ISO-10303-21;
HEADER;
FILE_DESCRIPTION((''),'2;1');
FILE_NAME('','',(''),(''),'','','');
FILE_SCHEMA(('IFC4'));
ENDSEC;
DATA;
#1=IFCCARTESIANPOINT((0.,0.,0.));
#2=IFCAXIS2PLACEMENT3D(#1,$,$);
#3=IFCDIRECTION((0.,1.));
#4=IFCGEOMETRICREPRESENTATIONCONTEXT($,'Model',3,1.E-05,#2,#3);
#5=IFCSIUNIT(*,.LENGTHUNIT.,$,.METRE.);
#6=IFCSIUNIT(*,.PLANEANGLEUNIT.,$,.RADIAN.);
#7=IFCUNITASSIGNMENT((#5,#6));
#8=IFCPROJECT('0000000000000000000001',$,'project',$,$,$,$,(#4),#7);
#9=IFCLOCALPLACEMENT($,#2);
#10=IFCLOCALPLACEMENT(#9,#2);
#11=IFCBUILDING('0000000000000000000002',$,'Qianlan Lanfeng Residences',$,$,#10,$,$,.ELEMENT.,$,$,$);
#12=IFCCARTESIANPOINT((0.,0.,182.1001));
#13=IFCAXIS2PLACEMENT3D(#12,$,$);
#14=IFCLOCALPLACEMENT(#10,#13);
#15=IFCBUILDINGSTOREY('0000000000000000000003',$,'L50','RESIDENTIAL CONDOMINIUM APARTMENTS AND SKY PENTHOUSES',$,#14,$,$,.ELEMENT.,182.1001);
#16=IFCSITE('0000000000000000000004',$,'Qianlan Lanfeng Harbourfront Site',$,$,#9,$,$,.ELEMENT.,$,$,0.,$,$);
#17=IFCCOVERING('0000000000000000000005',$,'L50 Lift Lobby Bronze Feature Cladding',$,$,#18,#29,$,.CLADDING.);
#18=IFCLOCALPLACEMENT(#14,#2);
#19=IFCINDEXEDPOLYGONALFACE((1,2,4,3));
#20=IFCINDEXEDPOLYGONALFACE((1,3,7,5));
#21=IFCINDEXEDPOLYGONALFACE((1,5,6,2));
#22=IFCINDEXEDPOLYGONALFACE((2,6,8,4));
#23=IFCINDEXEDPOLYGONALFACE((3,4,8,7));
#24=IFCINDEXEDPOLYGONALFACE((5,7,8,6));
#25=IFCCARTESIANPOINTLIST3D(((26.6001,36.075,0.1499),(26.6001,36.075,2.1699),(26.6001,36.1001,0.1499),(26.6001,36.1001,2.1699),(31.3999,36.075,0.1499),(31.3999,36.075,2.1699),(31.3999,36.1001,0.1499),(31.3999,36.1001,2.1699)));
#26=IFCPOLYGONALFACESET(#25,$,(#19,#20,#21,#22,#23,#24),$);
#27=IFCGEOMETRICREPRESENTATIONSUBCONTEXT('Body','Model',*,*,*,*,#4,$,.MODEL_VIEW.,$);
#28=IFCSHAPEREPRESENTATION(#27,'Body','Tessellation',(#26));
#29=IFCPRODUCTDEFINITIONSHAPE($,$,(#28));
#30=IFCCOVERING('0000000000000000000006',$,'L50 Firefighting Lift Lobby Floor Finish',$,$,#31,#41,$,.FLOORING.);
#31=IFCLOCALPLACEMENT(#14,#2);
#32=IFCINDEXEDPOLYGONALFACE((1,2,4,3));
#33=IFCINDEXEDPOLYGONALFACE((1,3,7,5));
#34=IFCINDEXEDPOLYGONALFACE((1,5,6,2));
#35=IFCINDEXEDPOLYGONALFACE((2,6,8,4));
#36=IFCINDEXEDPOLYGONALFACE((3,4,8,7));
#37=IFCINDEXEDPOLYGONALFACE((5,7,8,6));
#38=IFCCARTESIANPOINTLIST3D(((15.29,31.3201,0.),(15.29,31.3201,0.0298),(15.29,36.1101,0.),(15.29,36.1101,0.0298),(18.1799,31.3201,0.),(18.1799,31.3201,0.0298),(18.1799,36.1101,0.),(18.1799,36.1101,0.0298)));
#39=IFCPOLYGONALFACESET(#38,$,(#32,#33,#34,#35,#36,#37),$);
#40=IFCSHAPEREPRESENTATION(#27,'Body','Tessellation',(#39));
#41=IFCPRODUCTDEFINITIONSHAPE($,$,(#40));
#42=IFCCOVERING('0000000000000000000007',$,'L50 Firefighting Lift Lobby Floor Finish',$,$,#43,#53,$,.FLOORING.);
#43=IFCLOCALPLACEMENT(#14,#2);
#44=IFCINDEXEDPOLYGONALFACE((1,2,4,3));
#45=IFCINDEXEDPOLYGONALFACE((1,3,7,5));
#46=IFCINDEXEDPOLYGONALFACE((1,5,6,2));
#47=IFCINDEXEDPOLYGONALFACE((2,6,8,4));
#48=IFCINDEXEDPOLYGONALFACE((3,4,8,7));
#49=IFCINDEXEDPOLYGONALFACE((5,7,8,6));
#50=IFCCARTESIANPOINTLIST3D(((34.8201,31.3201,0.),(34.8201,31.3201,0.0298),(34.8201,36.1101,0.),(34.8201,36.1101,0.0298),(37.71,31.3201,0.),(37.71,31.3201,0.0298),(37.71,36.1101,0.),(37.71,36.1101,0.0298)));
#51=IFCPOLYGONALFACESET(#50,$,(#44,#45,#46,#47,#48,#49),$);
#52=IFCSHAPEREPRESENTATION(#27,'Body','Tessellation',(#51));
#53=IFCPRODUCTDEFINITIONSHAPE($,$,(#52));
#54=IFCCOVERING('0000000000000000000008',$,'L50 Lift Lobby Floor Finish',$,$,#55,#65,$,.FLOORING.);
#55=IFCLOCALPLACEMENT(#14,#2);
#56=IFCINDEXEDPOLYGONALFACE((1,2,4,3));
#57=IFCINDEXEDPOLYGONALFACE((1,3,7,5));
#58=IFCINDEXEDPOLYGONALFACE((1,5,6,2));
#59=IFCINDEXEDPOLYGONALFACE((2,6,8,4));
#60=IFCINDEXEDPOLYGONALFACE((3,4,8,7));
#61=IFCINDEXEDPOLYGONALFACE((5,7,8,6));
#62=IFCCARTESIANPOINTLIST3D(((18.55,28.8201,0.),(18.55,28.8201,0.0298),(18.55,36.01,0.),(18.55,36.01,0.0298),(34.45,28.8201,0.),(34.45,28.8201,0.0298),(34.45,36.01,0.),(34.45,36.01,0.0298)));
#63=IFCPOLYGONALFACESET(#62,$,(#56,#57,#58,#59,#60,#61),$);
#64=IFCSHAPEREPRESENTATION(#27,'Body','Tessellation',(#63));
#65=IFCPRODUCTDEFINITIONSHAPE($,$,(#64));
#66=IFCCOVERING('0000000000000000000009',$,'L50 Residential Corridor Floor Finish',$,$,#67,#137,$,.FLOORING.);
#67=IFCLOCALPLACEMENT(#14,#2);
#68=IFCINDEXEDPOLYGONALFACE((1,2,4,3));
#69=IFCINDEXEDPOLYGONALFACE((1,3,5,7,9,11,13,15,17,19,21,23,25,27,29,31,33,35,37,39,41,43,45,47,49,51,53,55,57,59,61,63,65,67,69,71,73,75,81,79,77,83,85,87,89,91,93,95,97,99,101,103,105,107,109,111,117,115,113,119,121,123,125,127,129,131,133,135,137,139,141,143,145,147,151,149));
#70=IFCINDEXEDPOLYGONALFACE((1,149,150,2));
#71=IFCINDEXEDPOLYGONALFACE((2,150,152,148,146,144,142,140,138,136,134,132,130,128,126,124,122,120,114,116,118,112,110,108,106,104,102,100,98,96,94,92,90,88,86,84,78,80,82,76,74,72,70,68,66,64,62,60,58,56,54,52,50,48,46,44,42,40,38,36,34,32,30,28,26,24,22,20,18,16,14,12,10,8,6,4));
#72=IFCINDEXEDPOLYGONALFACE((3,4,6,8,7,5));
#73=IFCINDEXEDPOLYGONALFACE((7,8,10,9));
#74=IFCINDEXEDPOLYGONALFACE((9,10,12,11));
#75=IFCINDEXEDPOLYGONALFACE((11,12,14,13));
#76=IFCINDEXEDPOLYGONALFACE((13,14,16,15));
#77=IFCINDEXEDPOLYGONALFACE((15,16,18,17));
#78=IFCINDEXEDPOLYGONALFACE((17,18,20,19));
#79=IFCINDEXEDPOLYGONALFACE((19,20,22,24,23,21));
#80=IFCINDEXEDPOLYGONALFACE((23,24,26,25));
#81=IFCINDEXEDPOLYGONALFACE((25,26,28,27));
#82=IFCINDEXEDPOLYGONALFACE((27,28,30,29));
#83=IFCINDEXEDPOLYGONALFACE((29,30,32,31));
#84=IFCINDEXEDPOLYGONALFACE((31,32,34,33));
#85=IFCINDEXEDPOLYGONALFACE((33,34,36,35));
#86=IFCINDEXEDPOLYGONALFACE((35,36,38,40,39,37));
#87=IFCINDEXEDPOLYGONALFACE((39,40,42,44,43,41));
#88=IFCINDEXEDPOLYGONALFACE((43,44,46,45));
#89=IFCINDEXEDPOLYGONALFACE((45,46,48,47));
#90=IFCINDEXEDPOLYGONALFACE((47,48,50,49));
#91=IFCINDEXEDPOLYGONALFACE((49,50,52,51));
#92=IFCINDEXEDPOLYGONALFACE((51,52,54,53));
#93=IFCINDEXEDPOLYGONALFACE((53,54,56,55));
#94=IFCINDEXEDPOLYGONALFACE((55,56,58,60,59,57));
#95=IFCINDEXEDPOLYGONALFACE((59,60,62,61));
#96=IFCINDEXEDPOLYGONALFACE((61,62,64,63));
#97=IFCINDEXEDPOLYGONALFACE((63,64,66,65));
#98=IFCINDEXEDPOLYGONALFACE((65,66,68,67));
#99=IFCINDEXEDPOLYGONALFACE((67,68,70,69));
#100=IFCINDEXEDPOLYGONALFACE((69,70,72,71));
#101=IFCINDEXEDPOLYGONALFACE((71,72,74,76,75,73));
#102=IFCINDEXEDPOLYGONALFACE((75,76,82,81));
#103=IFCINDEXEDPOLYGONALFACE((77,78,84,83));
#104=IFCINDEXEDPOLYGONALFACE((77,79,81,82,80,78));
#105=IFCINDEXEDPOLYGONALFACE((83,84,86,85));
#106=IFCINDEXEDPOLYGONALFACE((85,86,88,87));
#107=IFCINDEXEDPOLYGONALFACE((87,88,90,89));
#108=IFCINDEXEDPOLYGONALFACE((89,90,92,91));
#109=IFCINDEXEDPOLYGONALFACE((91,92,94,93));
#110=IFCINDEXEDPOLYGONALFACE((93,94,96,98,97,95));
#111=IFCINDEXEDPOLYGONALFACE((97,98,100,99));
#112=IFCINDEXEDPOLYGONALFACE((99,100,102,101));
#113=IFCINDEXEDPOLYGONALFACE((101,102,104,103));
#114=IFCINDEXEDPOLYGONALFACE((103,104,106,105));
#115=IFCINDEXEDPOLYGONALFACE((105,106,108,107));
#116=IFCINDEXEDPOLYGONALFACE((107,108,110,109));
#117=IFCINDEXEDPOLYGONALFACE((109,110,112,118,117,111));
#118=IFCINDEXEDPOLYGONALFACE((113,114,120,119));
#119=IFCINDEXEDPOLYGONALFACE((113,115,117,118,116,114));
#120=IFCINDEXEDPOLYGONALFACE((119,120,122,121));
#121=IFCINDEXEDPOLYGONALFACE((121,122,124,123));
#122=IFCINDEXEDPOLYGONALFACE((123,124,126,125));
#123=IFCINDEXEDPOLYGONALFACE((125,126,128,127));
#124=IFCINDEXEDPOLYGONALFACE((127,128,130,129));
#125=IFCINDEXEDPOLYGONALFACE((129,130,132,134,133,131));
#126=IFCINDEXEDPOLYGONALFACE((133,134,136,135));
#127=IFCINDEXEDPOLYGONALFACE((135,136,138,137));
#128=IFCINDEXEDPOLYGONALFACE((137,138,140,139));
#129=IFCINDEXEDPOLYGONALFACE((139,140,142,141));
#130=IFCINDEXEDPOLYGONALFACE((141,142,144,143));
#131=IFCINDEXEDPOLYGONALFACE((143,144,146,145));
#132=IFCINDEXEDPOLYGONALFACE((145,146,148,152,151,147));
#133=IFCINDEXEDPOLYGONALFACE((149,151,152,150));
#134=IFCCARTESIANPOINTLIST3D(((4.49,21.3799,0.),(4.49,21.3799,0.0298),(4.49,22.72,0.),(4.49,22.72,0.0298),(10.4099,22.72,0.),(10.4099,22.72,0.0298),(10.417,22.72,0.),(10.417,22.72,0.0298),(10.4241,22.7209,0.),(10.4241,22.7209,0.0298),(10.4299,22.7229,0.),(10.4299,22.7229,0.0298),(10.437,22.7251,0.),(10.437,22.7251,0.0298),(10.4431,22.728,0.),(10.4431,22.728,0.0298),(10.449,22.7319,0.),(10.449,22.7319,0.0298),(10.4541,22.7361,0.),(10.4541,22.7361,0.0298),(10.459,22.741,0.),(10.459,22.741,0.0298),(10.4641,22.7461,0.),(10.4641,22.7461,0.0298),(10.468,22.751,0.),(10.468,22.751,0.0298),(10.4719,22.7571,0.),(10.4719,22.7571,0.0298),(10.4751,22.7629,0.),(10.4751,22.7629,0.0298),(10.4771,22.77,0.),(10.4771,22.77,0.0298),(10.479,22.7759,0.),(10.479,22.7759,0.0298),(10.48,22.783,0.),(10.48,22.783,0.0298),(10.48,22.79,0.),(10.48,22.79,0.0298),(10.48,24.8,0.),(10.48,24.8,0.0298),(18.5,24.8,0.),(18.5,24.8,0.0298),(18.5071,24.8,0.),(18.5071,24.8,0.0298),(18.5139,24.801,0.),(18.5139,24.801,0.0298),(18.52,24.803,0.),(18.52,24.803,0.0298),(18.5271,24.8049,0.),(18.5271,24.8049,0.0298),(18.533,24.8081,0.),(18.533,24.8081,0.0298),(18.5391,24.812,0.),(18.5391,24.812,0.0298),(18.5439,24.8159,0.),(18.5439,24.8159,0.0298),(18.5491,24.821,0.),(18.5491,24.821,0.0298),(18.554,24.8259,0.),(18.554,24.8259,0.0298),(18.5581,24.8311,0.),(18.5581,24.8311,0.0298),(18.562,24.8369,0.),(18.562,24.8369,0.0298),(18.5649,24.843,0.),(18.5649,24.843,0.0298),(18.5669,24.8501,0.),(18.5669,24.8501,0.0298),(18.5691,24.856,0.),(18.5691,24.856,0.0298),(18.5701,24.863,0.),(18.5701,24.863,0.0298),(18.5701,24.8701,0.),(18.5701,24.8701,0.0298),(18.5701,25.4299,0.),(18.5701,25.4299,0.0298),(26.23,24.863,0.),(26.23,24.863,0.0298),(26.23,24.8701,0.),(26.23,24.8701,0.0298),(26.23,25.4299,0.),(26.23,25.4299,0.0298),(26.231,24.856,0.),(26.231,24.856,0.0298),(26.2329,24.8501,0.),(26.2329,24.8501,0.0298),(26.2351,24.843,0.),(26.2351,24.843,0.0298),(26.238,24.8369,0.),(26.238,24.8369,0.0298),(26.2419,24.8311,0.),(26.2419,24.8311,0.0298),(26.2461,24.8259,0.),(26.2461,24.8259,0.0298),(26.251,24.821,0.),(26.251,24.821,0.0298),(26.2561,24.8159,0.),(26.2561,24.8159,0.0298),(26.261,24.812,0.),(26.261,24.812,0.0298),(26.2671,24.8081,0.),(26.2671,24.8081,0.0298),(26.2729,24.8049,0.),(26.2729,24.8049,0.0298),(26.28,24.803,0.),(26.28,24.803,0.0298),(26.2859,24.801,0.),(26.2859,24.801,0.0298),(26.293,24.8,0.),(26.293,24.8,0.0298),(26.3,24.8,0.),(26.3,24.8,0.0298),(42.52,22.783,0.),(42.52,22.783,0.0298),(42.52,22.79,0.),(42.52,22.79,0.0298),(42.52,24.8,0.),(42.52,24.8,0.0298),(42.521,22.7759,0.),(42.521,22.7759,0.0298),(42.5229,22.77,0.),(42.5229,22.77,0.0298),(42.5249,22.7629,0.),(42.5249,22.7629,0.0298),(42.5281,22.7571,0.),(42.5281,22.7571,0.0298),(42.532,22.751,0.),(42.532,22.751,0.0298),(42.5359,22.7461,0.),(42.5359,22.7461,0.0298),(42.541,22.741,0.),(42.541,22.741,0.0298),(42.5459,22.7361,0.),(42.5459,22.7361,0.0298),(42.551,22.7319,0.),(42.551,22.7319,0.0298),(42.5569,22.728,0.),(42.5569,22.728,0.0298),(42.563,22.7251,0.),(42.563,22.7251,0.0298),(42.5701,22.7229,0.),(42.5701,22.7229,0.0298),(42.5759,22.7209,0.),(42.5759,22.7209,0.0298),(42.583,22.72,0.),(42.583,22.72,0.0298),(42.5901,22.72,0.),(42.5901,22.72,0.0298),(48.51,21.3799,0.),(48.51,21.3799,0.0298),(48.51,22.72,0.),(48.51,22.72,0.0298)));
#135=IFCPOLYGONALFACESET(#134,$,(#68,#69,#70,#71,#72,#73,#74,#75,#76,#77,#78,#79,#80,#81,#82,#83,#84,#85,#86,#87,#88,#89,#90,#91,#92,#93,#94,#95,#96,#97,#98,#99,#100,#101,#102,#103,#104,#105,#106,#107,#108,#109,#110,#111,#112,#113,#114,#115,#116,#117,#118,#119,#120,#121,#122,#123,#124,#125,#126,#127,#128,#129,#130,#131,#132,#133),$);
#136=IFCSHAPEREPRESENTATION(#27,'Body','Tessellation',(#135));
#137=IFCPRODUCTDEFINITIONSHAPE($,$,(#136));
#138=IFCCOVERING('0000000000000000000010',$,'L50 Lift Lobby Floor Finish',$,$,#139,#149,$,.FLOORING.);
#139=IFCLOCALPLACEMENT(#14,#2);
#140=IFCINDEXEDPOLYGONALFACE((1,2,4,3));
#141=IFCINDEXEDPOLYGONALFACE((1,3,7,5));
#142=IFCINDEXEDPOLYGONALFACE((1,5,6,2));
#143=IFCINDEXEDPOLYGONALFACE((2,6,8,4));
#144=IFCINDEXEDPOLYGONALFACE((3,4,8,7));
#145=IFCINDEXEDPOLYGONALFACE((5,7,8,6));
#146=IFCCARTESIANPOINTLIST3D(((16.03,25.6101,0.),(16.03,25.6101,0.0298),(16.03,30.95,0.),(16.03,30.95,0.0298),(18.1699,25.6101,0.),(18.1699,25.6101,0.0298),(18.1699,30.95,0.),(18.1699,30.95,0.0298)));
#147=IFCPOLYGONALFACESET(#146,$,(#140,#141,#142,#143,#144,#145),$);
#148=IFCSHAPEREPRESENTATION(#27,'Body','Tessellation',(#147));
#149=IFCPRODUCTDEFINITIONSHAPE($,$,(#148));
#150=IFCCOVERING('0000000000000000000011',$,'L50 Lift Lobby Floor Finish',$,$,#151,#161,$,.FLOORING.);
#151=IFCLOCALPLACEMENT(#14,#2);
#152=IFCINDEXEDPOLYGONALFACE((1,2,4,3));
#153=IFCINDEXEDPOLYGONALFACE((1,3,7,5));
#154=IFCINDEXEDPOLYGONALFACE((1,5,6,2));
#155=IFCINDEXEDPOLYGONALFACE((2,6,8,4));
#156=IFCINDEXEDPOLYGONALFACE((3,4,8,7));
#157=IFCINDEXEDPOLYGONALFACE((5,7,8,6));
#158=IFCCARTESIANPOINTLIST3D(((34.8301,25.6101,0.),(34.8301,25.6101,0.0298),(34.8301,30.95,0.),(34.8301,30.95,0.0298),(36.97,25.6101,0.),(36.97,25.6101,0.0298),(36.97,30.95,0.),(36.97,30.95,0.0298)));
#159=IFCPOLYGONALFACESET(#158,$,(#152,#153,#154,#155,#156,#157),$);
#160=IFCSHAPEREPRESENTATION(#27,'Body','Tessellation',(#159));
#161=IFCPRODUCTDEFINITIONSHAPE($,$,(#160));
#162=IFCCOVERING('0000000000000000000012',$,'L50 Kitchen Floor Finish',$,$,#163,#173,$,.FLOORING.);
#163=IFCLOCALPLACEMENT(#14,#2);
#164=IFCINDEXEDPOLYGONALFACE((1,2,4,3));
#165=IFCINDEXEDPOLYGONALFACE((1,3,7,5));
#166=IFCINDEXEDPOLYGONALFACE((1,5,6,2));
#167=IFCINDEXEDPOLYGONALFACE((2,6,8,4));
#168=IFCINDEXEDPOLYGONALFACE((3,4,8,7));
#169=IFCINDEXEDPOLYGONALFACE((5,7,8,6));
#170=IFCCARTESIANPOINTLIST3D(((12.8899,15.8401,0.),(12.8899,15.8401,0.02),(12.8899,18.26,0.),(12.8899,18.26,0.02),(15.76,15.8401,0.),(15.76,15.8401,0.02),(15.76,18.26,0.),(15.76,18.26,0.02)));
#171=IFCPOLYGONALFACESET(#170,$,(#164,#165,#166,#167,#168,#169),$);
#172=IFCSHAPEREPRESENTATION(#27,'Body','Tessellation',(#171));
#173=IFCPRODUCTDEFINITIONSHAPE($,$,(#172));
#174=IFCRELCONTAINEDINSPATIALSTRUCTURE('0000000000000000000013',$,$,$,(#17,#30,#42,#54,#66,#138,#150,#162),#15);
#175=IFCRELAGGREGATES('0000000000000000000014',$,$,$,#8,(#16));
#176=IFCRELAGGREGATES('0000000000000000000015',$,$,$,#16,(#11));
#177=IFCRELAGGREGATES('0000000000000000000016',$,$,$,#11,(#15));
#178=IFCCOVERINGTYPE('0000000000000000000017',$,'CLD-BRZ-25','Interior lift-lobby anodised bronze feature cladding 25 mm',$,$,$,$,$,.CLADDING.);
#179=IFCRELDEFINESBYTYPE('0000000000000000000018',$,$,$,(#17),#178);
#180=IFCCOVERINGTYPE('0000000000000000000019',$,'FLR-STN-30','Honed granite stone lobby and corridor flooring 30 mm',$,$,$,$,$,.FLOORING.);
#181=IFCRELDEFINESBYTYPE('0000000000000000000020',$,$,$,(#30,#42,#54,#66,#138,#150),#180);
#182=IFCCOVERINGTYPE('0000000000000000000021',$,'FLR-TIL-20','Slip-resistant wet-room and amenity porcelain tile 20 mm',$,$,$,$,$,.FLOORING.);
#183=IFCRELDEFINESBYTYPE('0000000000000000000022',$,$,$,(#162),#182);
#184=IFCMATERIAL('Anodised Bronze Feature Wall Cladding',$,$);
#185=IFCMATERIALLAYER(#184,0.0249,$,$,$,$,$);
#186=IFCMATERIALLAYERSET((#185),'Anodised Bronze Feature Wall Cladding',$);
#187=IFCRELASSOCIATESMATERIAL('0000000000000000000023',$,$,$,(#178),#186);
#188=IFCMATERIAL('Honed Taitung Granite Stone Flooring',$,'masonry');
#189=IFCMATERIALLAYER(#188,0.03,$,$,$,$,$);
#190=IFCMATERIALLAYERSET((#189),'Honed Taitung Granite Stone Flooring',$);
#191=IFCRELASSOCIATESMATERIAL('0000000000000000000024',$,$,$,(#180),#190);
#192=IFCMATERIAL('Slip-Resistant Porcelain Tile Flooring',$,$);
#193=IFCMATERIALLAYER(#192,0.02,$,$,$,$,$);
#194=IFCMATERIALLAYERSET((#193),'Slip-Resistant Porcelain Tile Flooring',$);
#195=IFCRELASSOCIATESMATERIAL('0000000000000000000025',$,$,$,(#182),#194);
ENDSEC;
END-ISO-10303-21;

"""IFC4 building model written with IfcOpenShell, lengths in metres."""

from ifc_helpers import new_model, si_unit, direction, frame, origin, place, context, subcontext, project, spatial, polyline, outline, extrude, material, layer, layer_set, type_object, element, save


model = new_model("IFC4")

# Units and contexts
model_context = context("Model", 3, precision=1e-05, world=origin(), true_north=direction((0.0, 1.0)))
body_context = subcontext(model_context, "Body", "Model", "MODEL_VIEW")
ifc_project = project(units=[si_unit("LENGTHUNIT", "METRE"), si_unit("PLANEANGLEUNIT", "RADIAN")], contexts=[model_context])

# Site, building, storey
site_placement = place(None, origin())
site = spatial("IfcSite", under=ifc_project, at=site_placement, Name="Qianlan Lanfeng Harbourfront Site", CompositionType="ELEMENT", RefElevation=0.0)
building_placement = place(site_placement, origin())
building = spatial("IfcBuilding", under=site, at=building_placement, Name="Qianlan Lanfeng Residences", CompositionType="ELEMENT")
storey_placement = place(building_placement, frame((0.0, 0.0, 182.1001)))
storey = spatial("IfcBuildingStorey", under=building, at=storey_placement, Name="L50", Description="RESIDENTIAL CONDOMINIUM APARTMENTS AND SKY PENTHOUSES", CompositionType="ELEMENT", Elevation=182.1001)

# Coverings
ifc_material_1 = material(Name="Anodised Bronze Feature Wall Cladding")
ifc_layer_1 = layer(ifc_material_1, 0.0249)
ifc_layer_set_1 = layer_set([ifc_layer_1], Name="Anodised Bronze Feature Wall Cladding")
covering_type_1 = type_object("IfcCoveringType", Name="CLD-BRZ-25", Description="Interior lift-lobby anodised bronze feature cladding 25 mm", PredefinedType="CLADDING", material=ifc_layer_set_1)
covering_1_placement = place(storey_placement, frame((0.0, 0.0, 0.1499)))
element("IfcCovering", 1, at=covering_1_placement, inside=storey, type_object=covering_type_1, Name="L50 Lift Lobby Bronze Feature Cladding", PredefinedType="CLADDING", context=body_context, shape_type="SweptSolid", body=[
    extrude(outline(polyline([(26.6001, 36.075), (31.3999, 36.075), (31.3999, 36.1001), (26.6001, 36.1001), (26.6001, 36.075)])), origin(), (0.0, 0.0, 1.0), 2.02),
])
ifc_material_2 = material(Name="Honed Taitung Granite Stone Flooring", Category="masonry")
ifc_layer_2 = layer(ifc_material_2, 0.03)
ifc_layer_set_2 = layer_set([ifc_layer_2], Name="Honed Taitung Granite Stone Flooring")
covering_type_2 = type_object("IfcCoveringType", Name="FLR-STN-30", Description="Honed granite stone lobby and corridor flooring 30 mm", PredefinedType="FLOORING", material=ifc_layer_set_2)
covering_2_placement = place(storey_placement, origin())
element("IfcCovering", 2, at=covering_2_placement, inside=storey, type_object=covering_type_2, Name="L50 Firefighting Lift Lobby Floor Finish", PredefinedType="FLOORING", context=body_context, shape_type="SweptSolid", body=[
    extrude(outline(polyline([(15.29, 31.3201), (18.1799, 31.3201), (18.1799, 36.1101), (15.29, 36.1101), (15.29, 31.3201)])), origin(), (0.0, 0.0, 1.0), 0.0298),
])
covering_3_placement = place(storey_placement, origin())
element("IfcCovering", 3, at=covering_3_placement, inside=storey, type_object=covering_type_2, Name="L50 Firefighting Lift Lobby Floor Finish", PredefinedType="FLOORING", context=body_context, shape_type="SweptSolid", body=[
    extrude(outline(polyline([(34.8201, 31.3201), (37.71, 31.3201), (37.71, 36.1101), (34.8201, 36.1101), (34.8201, 31.3201)])), origin(), (0.0, 0.0, 1.0), 0.0298),
])
covering_4_placement = place(storey_placement, origin())
element("IfcCovering", 4, at=covering_4_placement, inside=storey, type_object=covering_type_2, Name="L50 Lift Lobby Floor Finish", PredefinedType="FLOORING", context=body_context, shape_type="SweptSolid", body=[
    extrude(outline(polyline([(18.55, 28.8201), (34.45, 28.8201), (34.45, 36.01), (18.55, 36.01), (18.55, 28.8201)])), origin(), (0.0, 0.0, 1.0), 0.0298),
])
covering_5_placement = place(storey_placement, origin())
element("IfcCovering", 5, at=covering_5_placement, inside=storey, type_object=covering_type_2, Name="L50 Residential Corridor Floor Finish", PredefinedType="FLOORING", context=body_context, shape_type="SweptSolid", body=[
    extrude(outline(polyline([(4.49, 21.3799), (48.51, 21.3799), (48.51, 22.72), (42.5901, 22.72), (42.583, 22.72), (42.5759, 22.7209), (42.5701, 22.7229), (42.563, 22.7251), (42.5569, 22.728), (42.551, 22.7319), (42.5459, 22.7361), (42.541, 22.741), (42.5359, 22.7461), (42.532, 22.751), (42.5281, 22.7571), (42.5249, 22.7629), (42.5229, 22.77), (42.521, 22.7759), (42.52, 22.783), (42.52, 22.79), (42.52, 24.8), (26.3, 24.8), (26.293, 24.8), (26.2859, 24.801), (26.28, 24.803), (26.2729, 24.8049), (26.2671, 24.8081), (26.261, 24.812), (26.2561, 24.8159), (26.251, 24.821), (26.2461, 24.8259), (26.2419, 24.8311), (26.238, 24.8369), (26.2351, 24.843), (26.2329, 24.8501), (26.231, 24.856), (26.23, 24.863), (26.23, 24.8701), (26.23, 25.4299), (18.5701, 25.4299), (18.5701, 24.8701), (18.5701, 24.863), (18.5691, 24.856), (18.5669, 24.8501), (18.5649, 24.843), (18.562, 24.8369), (18.5581, 24.8311), (18.554, 24.8259), (18.5491, 24.821), (18.5439, 24.8159), (18.5391, 24.812), (18.533, 24.8081), (18.5271, 24.8049), (18.52, 24.803), (18.5139, 24.801), (18.5071, 24.8), (18.5, 24.8), (10.48, 24.8), (10.48, 22.79), (10.48, 22.783), (10.479, 22.7759), (10.4771, 22.77), (10.4751, 22.7629), (10.4719, 22.7571), (10.468, 22.751), (10.4641, 22.7461), (10.459, 22.741), (10.4541, 22.7361), (10.449, 22.7319), (10.4431, 22.728), (10.437, 22.7251), (10.4299, 22.7229), (10.4241, 22.7209), (10.417, 22.72), (10.4099, 22.72), (4.49, 22.72), (4.49, 21.3799)])), origin(), (0.0, 0.0, 1.0), 0.0298),
])
covering_6_placement = place(storey_placement, origin())
element("IfcCovering", 6, at=covering_6_placement, inside=storey, type_object=covering_type_2, Name="L50 Lift Lobby Floor Finish", PredefinedType="FLOORING", context=body_context, shape_type="SweptSolid", body=[
    extrude(outline(polyline([(16.03, 25.6101), (18.1699, 25.6101), (18.1699, 30.95), (16.03, 30.95), (16.03, 25.6101)])), origin(), (0.0, 0.0, 1.0), 0.0298),
])
covering_7_placement = place(storey_placement, origin())
element("IfcCovering", 7, at=covering_7_placement, inside=storey, type_object=covering_type_2, Name="L50 Lift Lobby Floor Finish", PredefinedType="FLOORING", context=body_context, shape_type="SweptSolid", body=[
    extrude(outline(polyline([(34.8301, 25.6101), (36.97, 25.6101), (36.97, 30.95), (34.8301, 30.95), (34.8301, 25.6101)])), origin(), (0.0, 0.0, 1.0), 0.0298),
])
ifc_material_3 = material(Name="Slip-Resistant Porcelain Tile Flooring")
ifc_layer_3 = layer(ifc_material_3, 0.02)
ifc_layer_set_3 = layer_set([ifc_layer_3], Name="Slip-Resistant Porcelain Tile Flooring")
covering_type_3 = type_object("IfcCoveringType", Name="FLR-TIL-20", Description="Slip-resistant wet-room and amenity porcelain tile 20 mm", PredefinedType="FLOORING", material=ifc_layer_set_3)
covering_8_placement = place(storey_placement, origin())
element("IfcCovering", 8, at=covering_8_placement, inside=storey, type_object=covering_type_3, Name="L50 Kitchen Floor Finish", PredefinedType="FLOORING", context=body_context, shape_type="SweptSolid", body=[
    extrude(outline(polyline([(12.8899, 15.8401), (15.76, 15.8401), (15.76, 18.26), (12.8899, 18.26), (12.8899, 15.8401)])), origin(), (0.0, 0.0, 1.0), 0.02),
])

save(model, "model.ifc")
